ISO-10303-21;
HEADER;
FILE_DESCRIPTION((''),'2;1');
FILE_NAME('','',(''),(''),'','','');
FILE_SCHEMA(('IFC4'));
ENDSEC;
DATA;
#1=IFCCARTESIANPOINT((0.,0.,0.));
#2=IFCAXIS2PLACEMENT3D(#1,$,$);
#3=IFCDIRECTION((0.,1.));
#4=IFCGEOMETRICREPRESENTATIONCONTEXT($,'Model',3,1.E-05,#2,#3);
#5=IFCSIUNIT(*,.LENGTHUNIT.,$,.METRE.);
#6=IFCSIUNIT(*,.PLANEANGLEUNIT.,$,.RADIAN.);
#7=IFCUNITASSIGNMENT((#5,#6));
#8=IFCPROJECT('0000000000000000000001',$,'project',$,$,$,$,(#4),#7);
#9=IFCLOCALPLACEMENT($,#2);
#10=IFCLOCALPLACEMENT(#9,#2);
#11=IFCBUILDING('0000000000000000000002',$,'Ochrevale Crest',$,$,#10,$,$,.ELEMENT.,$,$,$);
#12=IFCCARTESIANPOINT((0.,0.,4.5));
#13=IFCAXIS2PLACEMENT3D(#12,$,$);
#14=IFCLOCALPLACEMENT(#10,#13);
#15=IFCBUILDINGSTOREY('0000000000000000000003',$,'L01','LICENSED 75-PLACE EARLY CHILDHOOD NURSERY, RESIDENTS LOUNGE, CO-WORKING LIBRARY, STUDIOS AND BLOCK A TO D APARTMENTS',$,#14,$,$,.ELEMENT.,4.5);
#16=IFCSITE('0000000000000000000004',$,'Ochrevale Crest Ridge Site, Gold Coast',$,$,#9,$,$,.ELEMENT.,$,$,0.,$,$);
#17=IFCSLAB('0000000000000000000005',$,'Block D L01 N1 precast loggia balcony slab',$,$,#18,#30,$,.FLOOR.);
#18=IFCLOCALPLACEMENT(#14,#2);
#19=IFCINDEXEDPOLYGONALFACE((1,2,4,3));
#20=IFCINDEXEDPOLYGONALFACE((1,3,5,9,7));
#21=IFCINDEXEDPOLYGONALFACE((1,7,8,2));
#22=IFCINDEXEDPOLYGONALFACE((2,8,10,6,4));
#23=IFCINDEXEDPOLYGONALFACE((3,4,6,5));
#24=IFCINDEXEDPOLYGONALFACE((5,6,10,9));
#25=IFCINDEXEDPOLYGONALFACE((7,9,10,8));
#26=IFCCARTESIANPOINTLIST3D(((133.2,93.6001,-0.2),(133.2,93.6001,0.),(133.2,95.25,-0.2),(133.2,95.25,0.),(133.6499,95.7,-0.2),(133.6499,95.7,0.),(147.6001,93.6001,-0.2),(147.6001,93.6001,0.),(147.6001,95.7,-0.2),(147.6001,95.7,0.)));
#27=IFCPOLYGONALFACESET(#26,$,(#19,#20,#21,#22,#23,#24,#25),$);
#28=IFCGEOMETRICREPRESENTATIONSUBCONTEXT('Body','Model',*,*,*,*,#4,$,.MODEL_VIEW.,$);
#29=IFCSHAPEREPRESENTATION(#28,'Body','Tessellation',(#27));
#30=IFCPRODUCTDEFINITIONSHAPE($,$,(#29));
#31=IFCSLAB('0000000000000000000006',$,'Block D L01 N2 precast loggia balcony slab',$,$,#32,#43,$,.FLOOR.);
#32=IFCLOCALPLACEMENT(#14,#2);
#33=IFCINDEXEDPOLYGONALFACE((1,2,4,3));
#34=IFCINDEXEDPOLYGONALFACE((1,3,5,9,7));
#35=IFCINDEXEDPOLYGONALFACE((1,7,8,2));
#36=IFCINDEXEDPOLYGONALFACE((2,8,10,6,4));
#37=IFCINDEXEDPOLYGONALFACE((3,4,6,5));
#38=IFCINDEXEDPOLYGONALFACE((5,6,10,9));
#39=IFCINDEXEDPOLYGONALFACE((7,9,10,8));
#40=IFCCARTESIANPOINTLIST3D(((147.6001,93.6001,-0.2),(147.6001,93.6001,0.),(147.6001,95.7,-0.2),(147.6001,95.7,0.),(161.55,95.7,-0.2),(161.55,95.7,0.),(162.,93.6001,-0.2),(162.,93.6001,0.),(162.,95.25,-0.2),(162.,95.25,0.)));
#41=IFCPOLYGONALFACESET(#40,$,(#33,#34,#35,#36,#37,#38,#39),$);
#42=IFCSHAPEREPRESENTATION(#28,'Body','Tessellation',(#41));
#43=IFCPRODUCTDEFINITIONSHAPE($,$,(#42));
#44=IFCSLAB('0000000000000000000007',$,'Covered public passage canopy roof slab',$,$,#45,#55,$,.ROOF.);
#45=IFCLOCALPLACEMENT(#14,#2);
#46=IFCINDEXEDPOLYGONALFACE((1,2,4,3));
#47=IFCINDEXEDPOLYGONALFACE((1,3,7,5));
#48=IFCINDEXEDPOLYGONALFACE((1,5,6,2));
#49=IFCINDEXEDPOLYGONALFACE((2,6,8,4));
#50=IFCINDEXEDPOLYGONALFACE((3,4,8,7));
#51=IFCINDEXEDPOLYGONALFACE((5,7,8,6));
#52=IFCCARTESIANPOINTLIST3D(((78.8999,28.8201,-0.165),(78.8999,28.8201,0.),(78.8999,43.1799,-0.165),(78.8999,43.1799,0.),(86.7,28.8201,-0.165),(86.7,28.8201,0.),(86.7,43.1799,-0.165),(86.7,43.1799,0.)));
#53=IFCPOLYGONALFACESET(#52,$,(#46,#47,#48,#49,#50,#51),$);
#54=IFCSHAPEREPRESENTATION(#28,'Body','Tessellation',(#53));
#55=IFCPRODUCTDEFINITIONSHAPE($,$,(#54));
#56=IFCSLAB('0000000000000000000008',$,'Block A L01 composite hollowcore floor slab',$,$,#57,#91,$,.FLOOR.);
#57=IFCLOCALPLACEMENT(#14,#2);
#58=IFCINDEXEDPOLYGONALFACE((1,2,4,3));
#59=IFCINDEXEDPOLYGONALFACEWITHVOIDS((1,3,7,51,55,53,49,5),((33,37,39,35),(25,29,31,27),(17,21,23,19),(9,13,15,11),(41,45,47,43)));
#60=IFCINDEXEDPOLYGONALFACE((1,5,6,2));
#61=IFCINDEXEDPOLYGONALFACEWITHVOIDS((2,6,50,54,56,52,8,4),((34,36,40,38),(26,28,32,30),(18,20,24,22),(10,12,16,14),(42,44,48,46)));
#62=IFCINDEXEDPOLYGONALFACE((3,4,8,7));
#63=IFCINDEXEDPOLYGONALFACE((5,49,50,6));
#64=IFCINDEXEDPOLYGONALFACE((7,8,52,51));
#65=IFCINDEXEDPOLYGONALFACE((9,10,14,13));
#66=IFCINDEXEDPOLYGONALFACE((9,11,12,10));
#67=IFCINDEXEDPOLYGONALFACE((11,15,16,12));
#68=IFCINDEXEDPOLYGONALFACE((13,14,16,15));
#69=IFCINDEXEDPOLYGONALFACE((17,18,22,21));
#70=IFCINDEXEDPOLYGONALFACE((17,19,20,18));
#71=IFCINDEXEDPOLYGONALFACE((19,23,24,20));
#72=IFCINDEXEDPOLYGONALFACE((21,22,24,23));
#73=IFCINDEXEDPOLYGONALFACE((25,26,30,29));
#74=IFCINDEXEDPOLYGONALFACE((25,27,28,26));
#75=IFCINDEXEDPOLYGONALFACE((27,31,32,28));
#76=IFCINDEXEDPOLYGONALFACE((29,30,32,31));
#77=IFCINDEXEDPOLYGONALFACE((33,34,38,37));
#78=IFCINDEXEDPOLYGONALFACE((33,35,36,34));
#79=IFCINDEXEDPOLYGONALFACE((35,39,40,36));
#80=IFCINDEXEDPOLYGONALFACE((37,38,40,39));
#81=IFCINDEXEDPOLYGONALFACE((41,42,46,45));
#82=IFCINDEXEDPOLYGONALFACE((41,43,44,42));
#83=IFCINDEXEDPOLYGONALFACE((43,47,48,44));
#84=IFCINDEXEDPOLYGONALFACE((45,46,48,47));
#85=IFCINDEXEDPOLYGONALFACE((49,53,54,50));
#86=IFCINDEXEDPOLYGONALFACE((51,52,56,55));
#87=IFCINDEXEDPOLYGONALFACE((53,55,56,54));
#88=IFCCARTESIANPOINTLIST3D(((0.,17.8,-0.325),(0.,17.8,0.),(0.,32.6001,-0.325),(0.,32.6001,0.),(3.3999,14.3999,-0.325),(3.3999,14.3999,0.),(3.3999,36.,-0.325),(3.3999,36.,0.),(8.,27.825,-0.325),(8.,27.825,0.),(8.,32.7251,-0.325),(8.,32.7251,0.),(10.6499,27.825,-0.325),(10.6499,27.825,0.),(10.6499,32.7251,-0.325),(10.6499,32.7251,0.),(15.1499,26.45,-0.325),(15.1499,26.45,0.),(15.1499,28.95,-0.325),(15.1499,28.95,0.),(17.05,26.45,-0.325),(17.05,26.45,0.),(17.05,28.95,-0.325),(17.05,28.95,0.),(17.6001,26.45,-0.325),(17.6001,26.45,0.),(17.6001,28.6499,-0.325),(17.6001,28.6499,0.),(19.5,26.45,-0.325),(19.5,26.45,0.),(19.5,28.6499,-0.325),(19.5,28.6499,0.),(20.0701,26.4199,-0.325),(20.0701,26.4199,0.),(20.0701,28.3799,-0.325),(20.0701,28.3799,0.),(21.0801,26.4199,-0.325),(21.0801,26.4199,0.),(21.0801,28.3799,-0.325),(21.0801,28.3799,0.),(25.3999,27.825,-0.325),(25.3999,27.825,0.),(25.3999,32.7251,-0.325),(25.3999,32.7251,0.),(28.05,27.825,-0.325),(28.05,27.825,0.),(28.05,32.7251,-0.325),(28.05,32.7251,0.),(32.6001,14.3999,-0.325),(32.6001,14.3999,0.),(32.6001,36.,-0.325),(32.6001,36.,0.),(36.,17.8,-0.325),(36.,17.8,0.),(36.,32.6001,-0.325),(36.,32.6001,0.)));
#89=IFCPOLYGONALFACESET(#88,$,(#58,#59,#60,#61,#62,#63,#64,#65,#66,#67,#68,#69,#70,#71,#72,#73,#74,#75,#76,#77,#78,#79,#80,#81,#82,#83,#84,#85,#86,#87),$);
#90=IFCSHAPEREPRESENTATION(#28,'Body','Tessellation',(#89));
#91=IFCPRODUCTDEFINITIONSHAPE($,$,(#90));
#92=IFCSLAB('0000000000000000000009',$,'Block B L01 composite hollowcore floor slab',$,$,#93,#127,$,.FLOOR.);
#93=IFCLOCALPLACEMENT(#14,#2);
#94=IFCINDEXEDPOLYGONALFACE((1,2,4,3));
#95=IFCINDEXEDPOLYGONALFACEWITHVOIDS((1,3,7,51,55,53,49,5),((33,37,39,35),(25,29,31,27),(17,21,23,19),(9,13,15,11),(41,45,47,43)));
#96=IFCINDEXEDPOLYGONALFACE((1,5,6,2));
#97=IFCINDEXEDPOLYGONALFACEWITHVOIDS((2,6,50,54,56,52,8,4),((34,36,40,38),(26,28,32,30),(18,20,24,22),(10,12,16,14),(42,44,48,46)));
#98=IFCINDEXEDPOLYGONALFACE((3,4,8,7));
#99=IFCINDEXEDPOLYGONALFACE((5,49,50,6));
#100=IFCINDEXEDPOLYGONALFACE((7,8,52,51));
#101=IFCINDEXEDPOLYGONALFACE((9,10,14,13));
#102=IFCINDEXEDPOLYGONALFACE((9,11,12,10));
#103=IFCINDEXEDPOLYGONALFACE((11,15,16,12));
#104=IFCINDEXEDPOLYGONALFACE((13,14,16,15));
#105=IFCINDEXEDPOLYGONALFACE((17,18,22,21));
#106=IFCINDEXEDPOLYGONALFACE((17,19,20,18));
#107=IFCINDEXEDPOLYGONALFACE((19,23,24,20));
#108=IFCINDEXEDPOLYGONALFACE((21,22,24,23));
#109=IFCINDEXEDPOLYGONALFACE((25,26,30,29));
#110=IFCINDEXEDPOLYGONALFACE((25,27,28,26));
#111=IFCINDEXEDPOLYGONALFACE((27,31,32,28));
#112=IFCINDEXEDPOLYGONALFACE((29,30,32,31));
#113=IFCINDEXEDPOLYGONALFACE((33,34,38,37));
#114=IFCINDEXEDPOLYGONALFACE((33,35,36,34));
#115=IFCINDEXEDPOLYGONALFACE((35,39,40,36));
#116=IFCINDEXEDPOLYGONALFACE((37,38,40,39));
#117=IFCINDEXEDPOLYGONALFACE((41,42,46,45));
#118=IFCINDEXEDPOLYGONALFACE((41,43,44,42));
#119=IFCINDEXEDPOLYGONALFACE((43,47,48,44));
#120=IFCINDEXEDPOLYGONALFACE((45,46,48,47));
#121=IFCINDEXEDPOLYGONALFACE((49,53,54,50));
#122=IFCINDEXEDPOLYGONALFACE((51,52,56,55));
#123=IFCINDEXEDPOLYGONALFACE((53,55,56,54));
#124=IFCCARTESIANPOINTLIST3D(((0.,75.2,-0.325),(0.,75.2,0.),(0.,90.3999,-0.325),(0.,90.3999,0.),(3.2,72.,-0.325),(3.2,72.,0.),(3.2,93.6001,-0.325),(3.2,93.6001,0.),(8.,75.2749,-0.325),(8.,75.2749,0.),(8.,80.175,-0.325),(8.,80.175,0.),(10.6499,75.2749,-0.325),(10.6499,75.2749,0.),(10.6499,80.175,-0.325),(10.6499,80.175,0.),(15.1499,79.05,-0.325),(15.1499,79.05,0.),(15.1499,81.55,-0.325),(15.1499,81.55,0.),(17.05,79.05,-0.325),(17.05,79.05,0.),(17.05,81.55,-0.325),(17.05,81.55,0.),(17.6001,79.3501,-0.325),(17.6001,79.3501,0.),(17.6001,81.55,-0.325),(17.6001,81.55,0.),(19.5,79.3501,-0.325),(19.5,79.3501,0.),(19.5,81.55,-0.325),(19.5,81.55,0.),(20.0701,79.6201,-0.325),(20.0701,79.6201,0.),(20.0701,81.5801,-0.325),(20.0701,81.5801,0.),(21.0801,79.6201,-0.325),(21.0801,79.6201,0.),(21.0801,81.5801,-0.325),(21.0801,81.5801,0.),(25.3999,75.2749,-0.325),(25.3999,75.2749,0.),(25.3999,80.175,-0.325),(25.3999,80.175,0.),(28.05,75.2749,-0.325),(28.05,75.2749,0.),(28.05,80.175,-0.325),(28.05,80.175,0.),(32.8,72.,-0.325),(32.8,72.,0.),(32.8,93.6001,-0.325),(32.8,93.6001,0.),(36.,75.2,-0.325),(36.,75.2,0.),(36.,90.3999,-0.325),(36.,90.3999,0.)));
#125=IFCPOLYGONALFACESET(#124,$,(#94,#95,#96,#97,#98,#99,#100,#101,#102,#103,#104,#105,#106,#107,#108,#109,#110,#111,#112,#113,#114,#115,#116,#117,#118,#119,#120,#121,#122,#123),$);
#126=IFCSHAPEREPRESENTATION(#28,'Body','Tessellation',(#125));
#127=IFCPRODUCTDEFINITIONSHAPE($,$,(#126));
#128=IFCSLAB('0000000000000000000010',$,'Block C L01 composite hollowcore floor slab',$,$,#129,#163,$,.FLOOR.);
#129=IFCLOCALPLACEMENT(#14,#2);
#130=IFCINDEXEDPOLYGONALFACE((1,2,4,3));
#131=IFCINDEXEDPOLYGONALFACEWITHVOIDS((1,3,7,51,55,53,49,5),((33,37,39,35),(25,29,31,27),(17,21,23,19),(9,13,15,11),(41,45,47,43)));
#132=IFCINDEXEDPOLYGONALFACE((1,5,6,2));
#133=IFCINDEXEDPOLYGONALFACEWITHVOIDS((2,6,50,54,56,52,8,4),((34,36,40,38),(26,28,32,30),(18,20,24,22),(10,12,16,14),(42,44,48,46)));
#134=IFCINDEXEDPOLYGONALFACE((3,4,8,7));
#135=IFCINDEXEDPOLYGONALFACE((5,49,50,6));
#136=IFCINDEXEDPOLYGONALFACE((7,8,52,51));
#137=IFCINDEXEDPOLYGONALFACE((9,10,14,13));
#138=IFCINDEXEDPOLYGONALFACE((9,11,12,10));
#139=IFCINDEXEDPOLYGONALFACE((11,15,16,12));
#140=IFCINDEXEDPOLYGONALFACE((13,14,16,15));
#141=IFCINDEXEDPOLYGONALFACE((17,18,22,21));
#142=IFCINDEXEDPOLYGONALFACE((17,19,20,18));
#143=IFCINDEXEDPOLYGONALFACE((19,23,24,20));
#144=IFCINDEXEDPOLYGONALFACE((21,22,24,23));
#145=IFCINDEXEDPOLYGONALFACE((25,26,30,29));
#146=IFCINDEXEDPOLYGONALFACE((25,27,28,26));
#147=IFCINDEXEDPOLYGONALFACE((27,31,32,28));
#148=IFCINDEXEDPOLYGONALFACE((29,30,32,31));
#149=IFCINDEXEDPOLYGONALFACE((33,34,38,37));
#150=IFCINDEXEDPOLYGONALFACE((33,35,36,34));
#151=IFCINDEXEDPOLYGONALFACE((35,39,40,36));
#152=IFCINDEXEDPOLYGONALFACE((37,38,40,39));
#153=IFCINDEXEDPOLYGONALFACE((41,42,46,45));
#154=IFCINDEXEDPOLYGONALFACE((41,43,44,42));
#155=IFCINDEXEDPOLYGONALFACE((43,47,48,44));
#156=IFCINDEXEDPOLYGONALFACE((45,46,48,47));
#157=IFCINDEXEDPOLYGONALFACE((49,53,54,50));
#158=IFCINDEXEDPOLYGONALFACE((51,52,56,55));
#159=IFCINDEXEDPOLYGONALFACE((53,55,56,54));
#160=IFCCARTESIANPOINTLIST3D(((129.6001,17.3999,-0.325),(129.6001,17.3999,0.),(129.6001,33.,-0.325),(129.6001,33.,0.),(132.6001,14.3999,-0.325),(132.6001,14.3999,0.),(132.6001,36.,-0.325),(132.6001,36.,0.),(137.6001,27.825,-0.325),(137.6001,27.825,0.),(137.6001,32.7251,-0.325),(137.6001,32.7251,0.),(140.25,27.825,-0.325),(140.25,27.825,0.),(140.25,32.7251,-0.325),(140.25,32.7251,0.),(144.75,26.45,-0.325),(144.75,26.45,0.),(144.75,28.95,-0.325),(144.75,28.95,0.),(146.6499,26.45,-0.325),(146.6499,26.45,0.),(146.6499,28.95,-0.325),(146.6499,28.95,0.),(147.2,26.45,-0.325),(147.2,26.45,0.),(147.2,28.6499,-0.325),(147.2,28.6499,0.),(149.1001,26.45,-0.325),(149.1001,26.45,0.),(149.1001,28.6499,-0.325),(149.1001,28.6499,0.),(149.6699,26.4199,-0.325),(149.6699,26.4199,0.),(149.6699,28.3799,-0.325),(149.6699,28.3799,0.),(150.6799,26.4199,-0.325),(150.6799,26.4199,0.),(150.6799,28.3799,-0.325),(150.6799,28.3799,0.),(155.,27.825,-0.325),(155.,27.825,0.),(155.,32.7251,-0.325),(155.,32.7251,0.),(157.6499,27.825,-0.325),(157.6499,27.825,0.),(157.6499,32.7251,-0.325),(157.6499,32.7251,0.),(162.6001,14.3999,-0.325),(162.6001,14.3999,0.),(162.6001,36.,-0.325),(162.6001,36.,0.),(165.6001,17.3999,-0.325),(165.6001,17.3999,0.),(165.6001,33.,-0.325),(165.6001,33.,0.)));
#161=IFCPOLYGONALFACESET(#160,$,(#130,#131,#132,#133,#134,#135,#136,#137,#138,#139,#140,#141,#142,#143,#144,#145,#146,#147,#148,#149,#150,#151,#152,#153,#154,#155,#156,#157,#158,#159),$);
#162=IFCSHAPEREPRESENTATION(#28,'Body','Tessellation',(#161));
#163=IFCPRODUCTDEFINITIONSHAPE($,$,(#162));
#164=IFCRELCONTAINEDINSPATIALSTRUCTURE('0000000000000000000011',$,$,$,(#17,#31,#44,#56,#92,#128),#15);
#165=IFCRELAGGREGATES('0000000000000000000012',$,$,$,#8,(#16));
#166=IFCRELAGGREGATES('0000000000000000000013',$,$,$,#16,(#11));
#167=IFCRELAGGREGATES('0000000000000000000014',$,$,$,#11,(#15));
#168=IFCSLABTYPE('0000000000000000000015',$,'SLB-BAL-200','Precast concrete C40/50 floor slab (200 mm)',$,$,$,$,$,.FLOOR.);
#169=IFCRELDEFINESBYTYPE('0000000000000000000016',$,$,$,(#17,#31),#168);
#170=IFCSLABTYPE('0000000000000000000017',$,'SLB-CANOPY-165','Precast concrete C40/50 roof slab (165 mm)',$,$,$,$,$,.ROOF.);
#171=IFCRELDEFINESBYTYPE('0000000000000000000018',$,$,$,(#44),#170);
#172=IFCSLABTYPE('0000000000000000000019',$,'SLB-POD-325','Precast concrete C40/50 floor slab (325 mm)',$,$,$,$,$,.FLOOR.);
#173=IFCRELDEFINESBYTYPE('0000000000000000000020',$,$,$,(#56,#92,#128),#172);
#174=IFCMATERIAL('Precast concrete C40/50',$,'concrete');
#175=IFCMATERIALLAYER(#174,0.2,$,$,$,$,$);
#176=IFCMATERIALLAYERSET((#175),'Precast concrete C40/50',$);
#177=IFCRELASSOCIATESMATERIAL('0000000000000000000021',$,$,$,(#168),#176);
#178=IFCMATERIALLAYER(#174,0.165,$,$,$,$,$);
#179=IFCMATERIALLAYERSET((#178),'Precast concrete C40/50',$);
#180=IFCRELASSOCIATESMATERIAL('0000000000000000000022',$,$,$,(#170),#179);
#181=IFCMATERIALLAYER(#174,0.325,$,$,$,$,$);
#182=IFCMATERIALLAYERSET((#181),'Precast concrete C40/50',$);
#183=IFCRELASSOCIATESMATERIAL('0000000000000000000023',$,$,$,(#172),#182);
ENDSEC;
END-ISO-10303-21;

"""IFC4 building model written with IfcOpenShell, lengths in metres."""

from ifc_helpers import new_model, si_unit, direction, frame, origin, place, context, subcontext, project, spatial, polyline, outline, extrude, material, layer, layer_set, type_object, element, save


model = new_model("IFC4")

# Units and contexts
model_context = context("Model", 3, precision=1e-05, world=origin(), true_north=direction((0.0, 1.0)))
body_context = subcontext(model_context, "Body", "Model", "MODEL_VIEW")
ifc_project = project(units=[si_unit("LENGTHUNIT", "METRE"), si_unit("PLANEANGLEUNIT", "RADIAN")], contexts=[model_context])

# Site, building, storey
site_placement = place(None, origin())
site = spatial("IfcSite", under=ifc_project, at=site_placement, Name="Ochrevale Crest Ridge Site, Gold Coast", CompositionType="ELEMENT", RefElevation=0.0)
building_placement = place(site_placement, origin())
building = spatial("IfcBuilding", under=site, at=building_placement, Name="Ochrevale Crest", CompositionType="ELEMENT")
storey_placement = place(building_placement, frame((0.0, 0.0, 4.5)))
storey = spatial("IfcBuildingStorey", under=building, at=storey_placement, Name="L01", Description="LICENSED 75-PLACE EARLY CHILDHOOD NURSERY, RESIDENTS LOUNGE, CO-WORKING LIBRARY, STUDIOS AND BLOCK A TO D APARTMENTS", CompositionType="ELEMENT", Elevation=4.5)

# Slabs
ifc_material_1 = material(Name="Precast concrete C40/50", Category="concrete")
ifc_layer_1 = layer(ifc_material_1, 0.2)
ifc_layer_set_1 = layer_set([ifc_layer_1], Name="Precast concrete C40/50")
slab_type_1 = type_object("IfcSlabType", Name="SLB-BAL-200", Description="Precast concrete C40/50 floor slab (200 mm)", PredefinedType="FLOOR", material=ifc_layer_set_1)
slab_1_placement = place(storey_placement, frame((0.0, 0.0, -0.2)))
element("IfcSlab", 1, at=slab_1_placement, inside=storey, type_object=slab_type_1, Name="Block D L01 N1 precast loggia balcony slab", PredefinedType="FLOOR", context=body_context, shape_type="SweptSolid", body=[
    extrude(outline(polyline([(133.2, 93.6001), (147.6001, 93.6001), (147.6001, 95.7), (133.6499, 95.7), (133.2, 95.25), (133.2, 93.6001)])), origin(), (0.0, 0.0, 1.0), 0.2),
])
slab_2_placement = place(storey_placement, frame((0.0, 0.0, -0.2)))
element("IfcSlab", 2, at=slab_2_placement, inside=storey, type_object=slab_type_1, Name="Block D L01 N2 precast loggia balcony slab", PredefinedType="FLOOR", context=body_context, shape_type="SweptSolid", body=[
    extrude(outline(polyline([(147.6001, 93.6001), (162.0, 93.6001), (162.0, 95.25), (161.55, 95.7), (147.6001, 95.7), (147.6001, 93.6001)])), origin(), (0.0, 0.0, 1.0), 0.2),
])
ifc_layer_2 = layer(ifc_material_1, 0.165)
ifc_layer_set_2 = layer_set([ifc_layer_2], Name="Precast concrete C40/50")
slab_type_2 = type_object("IfcSlabType", Name="SLB-CANOPY-165", Description="Precast concrete C40/50 roof slab (165 mm)", PredefinedType="ROOF", material=ifc_layer_set_2)
slab_3_placement = place(storey_placement, frame((0.0, 0.0, -0.165)))
element("IfcSlab", 3, at=slab_3_placement, inside=storey, type_object=slab_type_2, Name="Covered public passage canopy roof slab", PredefinedType="ROOF", context=body_context, shape_type="SweptSolid", body=[
    extrude(outline(polyline([(78.8999, 28.8201), (86.7, 28.8201), (86.7, 43.1799), (78.8999, 43.1799), (78.8999, 28.8201)])), origin(), (0.0, 0.0, 1.0), 0.165),
])
ifc_layer_3 = layer(ifc_material_1, 0.325)
ifc_layer_set_3 = layer_set([ifc_layer_3], Name="Precast concrete C40/50")
slab_type_3 = type_object("IfcSlabType", Name="SLB-POD-325", Description="Precast concrete C40/50 floor slab (325 mm)", PredefinedType="FLOOR", material=ifc_layer_set_3)
slab_4_placement = place(storey_placement, frame((0.0, 0.0, -0.325)))
element("IfcSlab", 4, at=slab_4_placement, inside=storey, type_object=slab_type_3, Name="Block A L01 composite hollowcore floor slab", PredefinedType="FLOOR", context=body_context, shape_type="SweptSolid", body=[
    extrude(outline(polyline([(3.3999, 14.3999), (32.6001, 14.3999), (36.0, 17.8), (36.0, 32.6001), (32.6001, 36.0), (3.3999, 36.0), (0.0, 32.6001), (0.0, 17.8), (3.3999, 14.3999)]), holes=[polyline([(10.6499, 27.825), (10.6499, 32.7251), (8.0, 32.7251), (8.0, 27.825), (10.6499, 27.825)]), polyline([(28.05, 27.825), (28.05, 32.7251), (25.3999, 32.7251), (25.3999, 27.825), (28.05, 27.825)]), polyline([(15.1499, 26.45), (17.05, 26.45), (17.05, 28.95), (15.1499, 28.95), (15.1499, 26.45)]), polyline([(17.6001, 26.45), (19.5, 26.45), (19.5, 28.6499), (17.6001, 28.6499), (17.6001, 26.45)]), polyline([(20.0701, 26.4199), (21.0801, 26.4199), (21.0801, 28.3799), (20.0701, 28.3799), (20.0701, 26.4199)])]), origin(), (0.0, 0.0, 1.0), 0.325),
])
slab_5_placement = place(storey_placement, frame((0.0, 0.0, -0.325)))
element("IfcSlab", 5, at=slab_5_placement, inside=storey, type_object=slab_type_3, Name="Block B L01 composite hollowcore floor slab", PredefinedType="FLOOR", context=body_context, shape_type="SweptSolid", body=[
    extrude(outline(polyline([(3.2, 72.0), (32.8, 72.0), (36.0, 75.2), (36.0, 90.3999), (32.8, 93.6001), (3.2, 93.6001), (0.0, 90.3999), (0.0, 75.2), (3.2, 72.0)]), holes=[polyline([(8.0, 80.175), (8.0, 75.2749), (10.6499, 75.2749), (10.6499, 80.175), (8.0, 80.175)]), polyline([(25.3999, 80.175), (25.3999, 75.2749), (28.05, 75.2749), (28.05, 80.175), (25.3999, 80.175)]), polyline([(15.1499, 79.05), (17.05, 79.05), (17.05, 81.55), (15.1499, 81.55), (15.1499, 79.05)]), polyline([(17.6001, 79.3501), (19.5, 79.3501), (19.5, 81.55), (17.6001, 81.55), (17.6001, 79.3501)]), polyline([(20.0701, 79.6201), (21.0801, 79.6201), (21.0801, 81.5801), (20.0701, 81.5801), (20.0701, 79.6201)])]), origin(), (0.0, 0.0, 1.0), 0.325),
])
slab_6_placement = place(storey_placement, frame((0.0, 0.0, -0.325)))
element("IfcSlab", 6, at=slab_6_placement, inside=storey, type_object=slab_type_3, Name="Block C L01 composite hollowcore floor slab", PredefinedType="FLOOR", context=body_context, shape_type="SweptSolid", body=[
    extrude(outline(polyline([(132.6001, 14.3999), (162.6001, 14.3999), (165.6001, 17.3999), (165.6001, 33.0), (162.6001, 36.0), (132.6001, 36.0), (129.6001, 33.0), (129.6001, 17.3999), (132.6001, 14.3999)]), holes=[polyline([(140.25, 27.825), (140.25, 32.7251), (137.6001, 32.7251), (137.6001, 27.825), (140.25, 27.825)]), polyline([(157.6499, 27.825), (157.6499, 32.7251), (155.0, 32.7251), (155.0, 27.825), (157.6499, 27.825)]), polyline([(144.75, 26.45), (146.6499, 26.45), (146.6499, 28.95), (144.75, 28.95), (144.75, 26.45)]), polyline([(147.2, 26.45), (149.1001, 26.45), (149.1001, 28.6499), (147.2, 28.6499), (147.2, 26.45)]), polyline([(149.6699, 26.4199), (150.6799, 26.4199), (150.6799, 28.3799), (149.6699, 28.3799), (149.6699, 26.4199)])]), origin(), (0.0, 0.0, 1.0), 0.325),
])

save(model, "model.ifc")
